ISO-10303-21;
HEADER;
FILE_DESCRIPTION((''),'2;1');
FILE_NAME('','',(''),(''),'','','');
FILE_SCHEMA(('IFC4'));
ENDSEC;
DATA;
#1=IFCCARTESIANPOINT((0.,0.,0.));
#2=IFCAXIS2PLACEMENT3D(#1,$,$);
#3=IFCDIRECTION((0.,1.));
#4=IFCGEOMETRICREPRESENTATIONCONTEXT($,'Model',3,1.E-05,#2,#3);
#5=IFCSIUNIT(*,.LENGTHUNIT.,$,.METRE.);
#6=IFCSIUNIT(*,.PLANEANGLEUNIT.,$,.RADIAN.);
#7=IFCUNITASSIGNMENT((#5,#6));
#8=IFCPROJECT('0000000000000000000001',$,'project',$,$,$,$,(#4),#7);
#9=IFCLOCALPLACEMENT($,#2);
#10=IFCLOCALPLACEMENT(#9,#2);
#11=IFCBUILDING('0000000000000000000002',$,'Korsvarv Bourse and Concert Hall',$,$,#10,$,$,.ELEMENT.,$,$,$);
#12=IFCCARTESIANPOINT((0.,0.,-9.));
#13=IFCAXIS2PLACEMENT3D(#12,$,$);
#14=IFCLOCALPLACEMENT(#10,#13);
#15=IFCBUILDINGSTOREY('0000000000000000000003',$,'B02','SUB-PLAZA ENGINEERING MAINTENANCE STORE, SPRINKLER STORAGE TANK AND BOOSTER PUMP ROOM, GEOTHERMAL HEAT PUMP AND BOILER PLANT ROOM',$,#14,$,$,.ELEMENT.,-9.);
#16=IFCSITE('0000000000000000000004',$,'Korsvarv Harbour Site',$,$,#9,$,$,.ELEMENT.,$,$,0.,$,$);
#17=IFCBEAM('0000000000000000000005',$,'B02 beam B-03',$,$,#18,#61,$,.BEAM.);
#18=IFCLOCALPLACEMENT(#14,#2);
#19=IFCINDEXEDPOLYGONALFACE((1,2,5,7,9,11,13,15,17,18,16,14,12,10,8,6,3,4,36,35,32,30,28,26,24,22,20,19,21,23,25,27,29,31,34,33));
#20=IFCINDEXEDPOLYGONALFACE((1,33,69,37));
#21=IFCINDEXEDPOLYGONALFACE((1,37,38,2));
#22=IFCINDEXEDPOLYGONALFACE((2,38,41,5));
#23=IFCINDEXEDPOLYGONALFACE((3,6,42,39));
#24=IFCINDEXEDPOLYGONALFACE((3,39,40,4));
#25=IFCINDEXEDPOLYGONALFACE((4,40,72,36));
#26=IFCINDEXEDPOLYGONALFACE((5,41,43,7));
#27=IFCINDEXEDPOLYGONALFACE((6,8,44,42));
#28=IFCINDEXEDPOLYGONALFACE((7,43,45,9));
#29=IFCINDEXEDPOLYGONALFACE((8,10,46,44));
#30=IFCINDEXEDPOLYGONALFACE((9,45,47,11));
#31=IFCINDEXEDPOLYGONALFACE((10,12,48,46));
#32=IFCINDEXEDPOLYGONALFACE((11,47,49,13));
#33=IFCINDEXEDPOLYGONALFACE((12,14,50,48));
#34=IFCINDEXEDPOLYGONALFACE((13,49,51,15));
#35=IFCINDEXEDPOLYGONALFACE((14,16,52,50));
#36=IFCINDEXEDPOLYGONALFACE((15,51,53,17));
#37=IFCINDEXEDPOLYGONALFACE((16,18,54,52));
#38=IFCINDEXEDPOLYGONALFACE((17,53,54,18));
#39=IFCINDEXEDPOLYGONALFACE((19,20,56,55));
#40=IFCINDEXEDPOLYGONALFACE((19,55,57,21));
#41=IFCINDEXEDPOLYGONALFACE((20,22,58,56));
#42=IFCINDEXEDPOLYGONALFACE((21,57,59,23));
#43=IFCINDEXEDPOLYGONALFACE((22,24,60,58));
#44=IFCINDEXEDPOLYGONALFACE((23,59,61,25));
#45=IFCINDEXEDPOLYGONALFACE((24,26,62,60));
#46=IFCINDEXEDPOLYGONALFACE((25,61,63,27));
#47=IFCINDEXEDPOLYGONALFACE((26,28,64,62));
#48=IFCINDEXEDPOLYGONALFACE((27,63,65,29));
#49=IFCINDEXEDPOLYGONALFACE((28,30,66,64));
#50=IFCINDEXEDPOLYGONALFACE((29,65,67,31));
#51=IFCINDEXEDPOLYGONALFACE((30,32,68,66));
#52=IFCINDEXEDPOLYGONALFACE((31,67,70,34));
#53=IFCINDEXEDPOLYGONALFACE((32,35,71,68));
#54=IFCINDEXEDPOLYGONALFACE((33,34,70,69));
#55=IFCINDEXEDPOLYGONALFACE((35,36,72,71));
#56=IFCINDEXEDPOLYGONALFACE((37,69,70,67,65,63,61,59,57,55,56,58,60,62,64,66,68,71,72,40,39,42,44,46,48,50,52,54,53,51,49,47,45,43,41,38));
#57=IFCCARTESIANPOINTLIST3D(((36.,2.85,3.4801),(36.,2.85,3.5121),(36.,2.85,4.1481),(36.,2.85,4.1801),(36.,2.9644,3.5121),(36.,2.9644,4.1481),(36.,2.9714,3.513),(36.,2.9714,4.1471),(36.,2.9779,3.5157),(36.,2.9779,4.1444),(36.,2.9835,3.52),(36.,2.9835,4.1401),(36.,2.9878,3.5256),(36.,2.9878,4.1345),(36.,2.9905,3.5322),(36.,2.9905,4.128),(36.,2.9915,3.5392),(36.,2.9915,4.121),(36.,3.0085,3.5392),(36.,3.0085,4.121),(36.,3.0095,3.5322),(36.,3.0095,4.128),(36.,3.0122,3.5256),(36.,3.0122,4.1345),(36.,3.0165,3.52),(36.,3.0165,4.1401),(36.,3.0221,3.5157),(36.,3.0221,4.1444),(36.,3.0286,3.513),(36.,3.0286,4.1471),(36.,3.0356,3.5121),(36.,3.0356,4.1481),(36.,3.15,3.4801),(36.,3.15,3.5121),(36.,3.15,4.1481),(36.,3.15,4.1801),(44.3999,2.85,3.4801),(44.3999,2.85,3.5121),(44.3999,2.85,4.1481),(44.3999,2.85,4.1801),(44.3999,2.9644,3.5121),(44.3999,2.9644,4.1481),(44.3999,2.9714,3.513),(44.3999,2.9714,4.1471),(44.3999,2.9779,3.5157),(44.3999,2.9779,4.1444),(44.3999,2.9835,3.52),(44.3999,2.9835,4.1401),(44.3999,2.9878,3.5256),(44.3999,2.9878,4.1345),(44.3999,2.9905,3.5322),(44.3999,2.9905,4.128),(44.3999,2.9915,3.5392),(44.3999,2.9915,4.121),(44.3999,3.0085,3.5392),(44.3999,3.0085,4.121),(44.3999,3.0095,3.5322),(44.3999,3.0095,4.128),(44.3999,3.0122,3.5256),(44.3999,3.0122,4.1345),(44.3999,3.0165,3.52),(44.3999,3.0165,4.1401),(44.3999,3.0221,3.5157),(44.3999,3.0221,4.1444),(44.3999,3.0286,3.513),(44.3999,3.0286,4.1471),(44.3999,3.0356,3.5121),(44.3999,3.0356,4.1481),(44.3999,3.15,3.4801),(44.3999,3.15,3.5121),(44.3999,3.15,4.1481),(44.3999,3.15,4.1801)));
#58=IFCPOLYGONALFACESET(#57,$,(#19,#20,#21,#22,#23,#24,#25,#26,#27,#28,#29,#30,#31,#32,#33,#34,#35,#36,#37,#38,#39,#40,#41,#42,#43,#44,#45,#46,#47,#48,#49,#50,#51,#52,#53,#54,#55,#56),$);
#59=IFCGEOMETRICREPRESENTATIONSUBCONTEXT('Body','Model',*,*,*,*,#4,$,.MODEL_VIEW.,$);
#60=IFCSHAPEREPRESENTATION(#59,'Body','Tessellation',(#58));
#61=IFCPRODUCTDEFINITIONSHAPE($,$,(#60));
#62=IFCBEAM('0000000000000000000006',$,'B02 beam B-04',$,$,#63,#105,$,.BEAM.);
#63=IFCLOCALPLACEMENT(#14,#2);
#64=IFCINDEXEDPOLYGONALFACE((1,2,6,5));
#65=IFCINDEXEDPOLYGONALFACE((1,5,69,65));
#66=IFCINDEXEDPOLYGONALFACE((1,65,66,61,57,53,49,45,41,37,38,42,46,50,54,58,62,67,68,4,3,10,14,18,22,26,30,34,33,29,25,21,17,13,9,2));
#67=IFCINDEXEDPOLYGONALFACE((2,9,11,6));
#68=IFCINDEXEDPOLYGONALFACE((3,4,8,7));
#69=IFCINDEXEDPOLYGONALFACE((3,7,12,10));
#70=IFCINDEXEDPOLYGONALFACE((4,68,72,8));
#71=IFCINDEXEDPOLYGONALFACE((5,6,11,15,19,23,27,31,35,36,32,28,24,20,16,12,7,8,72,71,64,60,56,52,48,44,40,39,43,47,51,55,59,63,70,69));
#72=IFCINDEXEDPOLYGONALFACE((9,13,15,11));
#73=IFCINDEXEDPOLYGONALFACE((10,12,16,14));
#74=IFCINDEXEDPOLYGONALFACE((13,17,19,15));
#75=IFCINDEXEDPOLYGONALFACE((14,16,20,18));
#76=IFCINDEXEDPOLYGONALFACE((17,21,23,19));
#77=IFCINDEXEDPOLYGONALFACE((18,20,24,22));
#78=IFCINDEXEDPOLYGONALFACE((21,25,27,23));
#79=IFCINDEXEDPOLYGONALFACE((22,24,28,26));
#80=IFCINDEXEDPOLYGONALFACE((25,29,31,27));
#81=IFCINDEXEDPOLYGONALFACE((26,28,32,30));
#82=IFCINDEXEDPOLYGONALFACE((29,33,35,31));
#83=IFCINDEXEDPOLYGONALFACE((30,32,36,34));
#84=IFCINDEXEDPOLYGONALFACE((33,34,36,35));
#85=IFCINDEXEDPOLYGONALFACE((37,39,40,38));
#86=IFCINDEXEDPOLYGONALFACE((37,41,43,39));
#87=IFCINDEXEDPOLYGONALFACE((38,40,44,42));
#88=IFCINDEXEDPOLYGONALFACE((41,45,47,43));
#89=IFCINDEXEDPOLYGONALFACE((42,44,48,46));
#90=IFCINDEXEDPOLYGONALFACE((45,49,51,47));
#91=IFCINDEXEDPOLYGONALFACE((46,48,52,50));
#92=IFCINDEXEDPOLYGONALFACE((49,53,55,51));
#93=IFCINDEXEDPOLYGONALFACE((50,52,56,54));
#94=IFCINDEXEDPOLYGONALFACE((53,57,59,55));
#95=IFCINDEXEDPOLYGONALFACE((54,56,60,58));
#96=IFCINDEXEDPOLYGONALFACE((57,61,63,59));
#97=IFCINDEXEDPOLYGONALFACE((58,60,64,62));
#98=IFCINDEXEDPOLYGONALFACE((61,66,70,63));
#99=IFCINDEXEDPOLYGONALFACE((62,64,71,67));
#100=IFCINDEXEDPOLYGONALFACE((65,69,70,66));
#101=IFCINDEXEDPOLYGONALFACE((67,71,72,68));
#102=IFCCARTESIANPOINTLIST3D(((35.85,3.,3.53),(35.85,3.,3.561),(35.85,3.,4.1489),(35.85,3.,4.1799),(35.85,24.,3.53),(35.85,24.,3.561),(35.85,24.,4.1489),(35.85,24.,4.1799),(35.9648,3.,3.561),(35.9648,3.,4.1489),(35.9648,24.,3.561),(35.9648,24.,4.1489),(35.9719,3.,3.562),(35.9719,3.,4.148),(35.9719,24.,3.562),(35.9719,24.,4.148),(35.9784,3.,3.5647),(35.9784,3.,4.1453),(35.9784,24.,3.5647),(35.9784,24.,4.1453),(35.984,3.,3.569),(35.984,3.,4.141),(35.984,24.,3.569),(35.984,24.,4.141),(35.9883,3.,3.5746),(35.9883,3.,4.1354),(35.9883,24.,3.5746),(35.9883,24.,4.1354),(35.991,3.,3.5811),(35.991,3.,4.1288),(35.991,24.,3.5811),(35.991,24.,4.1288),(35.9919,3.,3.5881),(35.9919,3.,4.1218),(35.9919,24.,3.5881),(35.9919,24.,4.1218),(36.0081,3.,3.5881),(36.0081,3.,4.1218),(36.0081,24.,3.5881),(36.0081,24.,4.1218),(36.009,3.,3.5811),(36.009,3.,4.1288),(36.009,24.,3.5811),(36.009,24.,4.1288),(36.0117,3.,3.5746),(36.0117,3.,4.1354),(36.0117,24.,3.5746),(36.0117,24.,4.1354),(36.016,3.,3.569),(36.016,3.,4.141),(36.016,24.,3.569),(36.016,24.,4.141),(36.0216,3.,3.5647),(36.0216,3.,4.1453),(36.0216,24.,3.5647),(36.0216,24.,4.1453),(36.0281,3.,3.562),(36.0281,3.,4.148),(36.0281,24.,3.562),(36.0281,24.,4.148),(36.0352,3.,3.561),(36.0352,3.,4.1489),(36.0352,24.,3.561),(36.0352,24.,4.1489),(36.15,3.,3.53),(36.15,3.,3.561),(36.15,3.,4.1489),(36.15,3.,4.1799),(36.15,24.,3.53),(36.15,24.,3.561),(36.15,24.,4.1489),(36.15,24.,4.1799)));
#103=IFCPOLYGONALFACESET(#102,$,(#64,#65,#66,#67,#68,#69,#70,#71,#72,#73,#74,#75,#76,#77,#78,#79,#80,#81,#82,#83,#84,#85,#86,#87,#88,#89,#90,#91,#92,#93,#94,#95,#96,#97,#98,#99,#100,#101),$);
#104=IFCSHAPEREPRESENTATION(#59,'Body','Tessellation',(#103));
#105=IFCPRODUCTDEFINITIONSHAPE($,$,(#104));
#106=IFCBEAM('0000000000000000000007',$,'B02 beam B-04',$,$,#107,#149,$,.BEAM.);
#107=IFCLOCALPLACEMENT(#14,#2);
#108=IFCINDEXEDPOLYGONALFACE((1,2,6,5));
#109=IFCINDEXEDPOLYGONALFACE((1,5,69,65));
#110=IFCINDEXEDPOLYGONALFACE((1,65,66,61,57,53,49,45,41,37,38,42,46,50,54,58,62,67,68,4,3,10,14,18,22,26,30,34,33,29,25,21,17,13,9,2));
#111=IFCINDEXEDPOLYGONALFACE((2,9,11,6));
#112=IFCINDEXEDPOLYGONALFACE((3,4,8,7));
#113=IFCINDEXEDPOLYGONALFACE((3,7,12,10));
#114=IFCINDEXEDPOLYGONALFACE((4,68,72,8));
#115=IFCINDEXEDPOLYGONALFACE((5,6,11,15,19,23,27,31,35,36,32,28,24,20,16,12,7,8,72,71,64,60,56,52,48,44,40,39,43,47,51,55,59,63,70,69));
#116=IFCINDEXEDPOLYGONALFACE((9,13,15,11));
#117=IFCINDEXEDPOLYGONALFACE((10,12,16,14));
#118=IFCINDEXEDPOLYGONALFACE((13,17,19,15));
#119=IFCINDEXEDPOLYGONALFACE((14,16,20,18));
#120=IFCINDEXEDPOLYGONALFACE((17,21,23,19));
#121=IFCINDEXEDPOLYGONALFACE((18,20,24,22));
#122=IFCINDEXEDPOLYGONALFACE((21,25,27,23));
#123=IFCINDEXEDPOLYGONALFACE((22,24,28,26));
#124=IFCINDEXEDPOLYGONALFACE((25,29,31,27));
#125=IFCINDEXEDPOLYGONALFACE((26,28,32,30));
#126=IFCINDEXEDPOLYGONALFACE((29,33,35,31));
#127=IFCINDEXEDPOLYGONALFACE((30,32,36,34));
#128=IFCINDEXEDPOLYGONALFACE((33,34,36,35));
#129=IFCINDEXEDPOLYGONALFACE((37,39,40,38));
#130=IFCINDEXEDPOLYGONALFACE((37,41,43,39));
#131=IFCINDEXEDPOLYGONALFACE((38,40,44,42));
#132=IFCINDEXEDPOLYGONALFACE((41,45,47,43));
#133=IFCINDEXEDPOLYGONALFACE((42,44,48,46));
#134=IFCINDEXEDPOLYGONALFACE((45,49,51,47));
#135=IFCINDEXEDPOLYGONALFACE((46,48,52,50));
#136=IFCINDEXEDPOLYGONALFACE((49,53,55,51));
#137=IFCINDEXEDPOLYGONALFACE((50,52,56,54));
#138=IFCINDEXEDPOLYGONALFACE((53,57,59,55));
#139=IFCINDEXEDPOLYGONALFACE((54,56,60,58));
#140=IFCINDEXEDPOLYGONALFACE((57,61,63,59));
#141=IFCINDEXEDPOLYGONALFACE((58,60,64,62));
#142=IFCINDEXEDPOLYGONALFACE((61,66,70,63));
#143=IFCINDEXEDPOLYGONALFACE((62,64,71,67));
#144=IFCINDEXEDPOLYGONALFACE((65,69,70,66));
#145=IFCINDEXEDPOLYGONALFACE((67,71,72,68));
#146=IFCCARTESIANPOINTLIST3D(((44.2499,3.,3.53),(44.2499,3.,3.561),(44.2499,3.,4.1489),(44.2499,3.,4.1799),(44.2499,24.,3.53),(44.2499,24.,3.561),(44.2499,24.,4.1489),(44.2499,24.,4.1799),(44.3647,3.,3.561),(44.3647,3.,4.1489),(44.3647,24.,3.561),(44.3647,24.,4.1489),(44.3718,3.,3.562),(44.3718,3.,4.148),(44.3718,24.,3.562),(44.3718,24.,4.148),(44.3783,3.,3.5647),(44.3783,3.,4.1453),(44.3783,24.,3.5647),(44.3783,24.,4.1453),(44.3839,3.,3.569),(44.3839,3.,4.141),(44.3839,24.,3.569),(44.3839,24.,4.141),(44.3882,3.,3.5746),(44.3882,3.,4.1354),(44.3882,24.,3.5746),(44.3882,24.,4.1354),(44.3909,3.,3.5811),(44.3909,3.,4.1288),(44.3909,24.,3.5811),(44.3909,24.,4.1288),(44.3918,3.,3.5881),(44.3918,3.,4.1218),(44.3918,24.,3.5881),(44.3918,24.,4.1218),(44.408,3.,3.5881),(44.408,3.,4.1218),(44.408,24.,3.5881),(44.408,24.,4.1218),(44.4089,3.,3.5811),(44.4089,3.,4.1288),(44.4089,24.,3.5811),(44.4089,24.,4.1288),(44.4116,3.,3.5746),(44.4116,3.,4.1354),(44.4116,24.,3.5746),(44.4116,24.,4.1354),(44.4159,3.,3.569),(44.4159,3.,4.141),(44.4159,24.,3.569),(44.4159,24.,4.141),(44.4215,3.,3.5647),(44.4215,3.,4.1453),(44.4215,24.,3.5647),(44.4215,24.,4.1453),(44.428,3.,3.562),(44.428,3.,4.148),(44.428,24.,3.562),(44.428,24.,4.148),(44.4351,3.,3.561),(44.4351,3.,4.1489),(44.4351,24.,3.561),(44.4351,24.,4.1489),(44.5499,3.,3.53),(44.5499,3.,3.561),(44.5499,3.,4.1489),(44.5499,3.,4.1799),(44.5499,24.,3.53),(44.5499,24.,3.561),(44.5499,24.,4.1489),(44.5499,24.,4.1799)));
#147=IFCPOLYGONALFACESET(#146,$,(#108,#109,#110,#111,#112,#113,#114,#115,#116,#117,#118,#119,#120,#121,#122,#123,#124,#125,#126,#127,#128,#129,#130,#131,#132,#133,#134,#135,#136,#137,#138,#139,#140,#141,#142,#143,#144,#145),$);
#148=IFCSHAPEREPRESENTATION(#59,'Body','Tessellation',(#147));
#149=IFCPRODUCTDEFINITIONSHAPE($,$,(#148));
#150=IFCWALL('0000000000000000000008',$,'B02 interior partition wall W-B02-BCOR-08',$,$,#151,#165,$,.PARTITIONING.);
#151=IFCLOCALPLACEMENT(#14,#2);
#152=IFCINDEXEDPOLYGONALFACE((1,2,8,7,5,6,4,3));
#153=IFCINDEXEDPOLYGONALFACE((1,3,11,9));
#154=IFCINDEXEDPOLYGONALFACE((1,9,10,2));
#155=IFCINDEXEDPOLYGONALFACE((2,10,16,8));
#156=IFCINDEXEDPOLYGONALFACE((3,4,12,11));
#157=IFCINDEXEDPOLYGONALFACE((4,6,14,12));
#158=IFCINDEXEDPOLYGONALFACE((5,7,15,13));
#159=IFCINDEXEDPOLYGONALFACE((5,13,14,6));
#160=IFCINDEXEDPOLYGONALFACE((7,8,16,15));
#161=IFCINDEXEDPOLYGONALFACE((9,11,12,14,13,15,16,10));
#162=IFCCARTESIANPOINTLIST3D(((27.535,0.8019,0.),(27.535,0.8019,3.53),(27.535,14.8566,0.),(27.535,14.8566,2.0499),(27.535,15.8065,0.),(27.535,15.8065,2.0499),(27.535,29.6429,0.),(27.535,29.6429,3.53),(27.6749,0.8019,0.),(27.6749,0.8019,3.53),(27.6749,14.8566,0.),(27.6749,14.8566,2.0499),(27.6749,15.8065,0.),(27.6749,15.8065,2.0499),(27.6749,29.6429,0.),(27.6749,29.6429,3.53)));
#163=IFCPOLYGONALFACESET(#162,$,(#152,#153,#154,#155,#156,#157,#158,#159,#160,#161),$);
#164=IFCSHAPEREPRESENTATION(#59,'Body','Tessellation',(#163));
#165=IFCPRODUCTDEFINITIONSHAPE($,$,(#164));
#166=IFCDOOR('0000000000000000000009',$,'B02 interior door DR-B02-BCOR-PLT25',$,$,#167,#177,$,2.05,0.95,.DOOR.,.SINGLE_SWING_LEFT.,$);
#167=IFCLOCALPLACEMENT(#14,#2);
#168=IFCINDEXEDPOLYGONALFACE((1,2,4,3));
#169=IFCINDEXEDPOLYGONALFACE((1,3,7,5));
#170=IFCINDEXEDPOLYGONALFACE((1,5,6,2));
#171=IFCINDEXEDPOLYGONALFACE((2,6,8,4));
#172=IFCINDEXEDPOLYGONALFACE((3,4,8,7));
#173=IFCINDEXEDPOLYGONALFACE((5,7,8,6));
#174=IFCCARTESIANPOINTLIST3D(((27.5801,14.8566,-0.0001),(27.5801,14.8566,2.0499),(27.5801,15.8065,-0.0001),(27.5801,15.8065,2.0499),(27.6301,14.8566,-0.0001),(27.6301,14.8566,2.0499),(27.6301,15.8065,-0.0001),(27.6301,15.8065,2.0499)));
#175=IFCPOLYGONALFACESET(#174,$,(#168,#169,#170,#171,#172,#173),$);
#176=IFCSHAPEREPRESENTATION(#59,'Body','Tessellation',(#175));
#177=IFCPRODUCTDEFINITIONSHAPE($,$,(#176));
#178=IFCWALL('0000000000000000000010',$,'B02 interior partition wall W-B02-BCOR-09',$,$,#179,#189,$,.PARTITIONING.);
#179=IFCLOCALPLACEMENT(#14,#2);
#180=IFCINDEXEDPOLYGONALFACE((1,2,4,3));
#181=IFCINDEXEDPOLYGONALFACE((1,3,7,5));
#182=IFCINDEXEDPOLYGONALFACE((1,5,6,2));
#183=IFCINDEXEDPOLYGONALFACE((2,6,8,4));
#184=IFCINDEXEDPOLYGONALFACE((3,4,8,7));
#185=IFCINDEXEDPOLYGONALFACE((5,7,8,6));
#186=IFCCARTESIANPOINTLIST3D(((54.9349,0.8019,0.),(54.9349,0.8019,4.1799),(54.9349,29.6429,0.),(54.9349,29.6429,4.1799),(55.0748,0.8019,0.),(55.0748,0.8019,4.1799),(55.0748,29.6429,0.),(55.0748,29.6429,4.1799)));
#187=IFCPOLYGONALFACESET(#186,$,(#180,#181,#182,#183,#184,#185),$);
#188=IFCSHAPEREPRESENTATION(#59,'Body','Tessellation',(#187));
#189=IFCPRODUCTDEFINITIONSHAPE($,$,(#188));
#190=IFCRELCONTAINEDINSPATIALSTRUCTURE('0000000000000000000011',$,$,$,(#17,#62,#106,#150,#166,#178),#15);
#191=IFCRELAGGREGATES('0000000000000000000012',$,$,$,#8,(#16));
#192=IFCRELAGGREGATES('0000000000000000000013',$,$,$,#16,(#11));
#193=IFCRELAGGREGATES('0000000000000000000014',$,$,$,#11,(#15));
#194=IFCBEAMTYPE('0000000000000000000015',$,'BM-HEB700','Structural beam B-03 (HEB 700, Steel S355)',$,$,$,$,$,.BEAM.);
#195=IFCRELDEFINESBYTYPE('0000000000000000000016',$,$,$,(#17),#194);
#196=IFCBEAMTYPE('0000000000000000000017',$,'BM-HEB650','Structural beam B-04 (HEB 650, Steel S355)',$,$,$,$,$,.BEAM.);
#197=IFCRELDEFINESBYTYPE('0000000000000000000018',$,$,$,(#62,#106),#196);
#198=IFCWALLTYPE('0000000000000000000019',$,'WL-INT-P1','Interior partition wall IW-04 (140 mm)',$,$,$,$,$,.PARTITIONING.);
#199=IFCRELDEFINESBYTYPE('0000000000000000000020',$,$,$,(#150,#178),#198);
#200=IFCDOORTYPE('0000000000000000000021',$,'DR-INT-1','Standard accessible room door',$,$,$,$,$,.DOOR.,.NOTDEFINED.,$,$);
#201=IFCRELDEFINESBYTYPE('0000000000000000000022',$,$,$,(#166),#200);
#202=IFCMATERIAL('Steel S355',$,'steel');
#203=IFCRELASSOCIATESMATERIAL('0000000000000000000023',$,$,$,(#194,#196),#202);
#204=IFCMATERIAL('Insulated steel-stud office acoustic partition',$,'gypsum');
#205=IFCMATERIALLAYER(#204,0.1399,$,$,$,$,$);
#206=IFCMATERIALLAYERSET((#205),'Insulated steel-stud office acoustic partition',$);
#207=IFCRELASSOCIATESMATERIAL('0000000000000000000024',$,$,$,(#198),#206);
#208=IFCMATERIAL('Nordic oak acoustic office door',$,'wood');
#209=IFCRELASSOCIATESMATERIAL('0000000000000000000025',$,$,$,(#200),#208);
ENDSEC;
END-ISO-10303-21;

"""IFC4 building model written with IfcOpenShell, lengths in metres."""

from ifc_helpers import new_model, si_unit, direction, frame, frame_2d, origin, origin_2d, place, context, subcontext, project, spatial, rectangle, i_section, extrude, source, transform, mapped, material, layer, layer_set, material_profile, profile_set, type_object, element, fill, save


model = new_model("IFC4")

# Units and contexts
model_context = context("Model", 3, precision=1e-05, world=origin(), true_north=direction((0.0, 1.0)))
body_context = subcontext(model_context, "Body", "Model", "MODEL_VIEW")
ifc_project = project(units=[si_unit("LENGTHUNIT", "METRE"), si_unit("PLANEANGLEUNIT", "RADIAN")], contexts=[model_context])

# Site, building, storey
site_placement = place(None, origin())
site = spatial("IfcSite", under=ifc_project, at=site_placement, Name="Korsvarv Harbour Site", CompositionType="ELEMENT", RefElevation=0.0)
building_placement = place(site_placement, origin())
building = spatial("IfcBuilding", under=site, at=building_placement, Name="Korsvarv Bourse and Concert Hall", CompositionType="ELEMENT")
storey_placement = place(building_placement, frame((0.0, 0.0, -9.0)))
storey = spatial("IfcBuildingStorey", under=building, at=storey_placement, Name="B02", Description="SUB-PLAZA ENGINEERING MAINTENANCE STORE, SPRINKLER STORAGE TANK AND BOOSTER PUMP ROOM, GEOTHERMAL HEAT PUMP AND BOILER PLANT ROOM", CompositionType="ELEMENT", Elevation=-9.0)

# Beams
ifc_material_1 = material(Name="Steel S355", Category="steel")
ifc_material_profile_1 = material_profile(ifc_material_1, i_section(OverallWidth=0.3, OverallDepth=0.7, WebThickness=0.0171, FlangeThickness=0.032, FilletRadius=0.0271, at=origin_2d()), Name="HEB 700")
ifc_profile_set_1 = profile_set([ifc_material_profile_1], Name="Steel S355")
beam_type_1 = type_object("IfcBeamType", Name="BM-HEB700", Description="Structural beam B-03 (HEB 700, Steel S355)", PredefinedType="BEAM", material=ifc_profile_set_1)
shared_shape_1 = source(origin(), body_context, "Body", "SweptSolid", [
    extrude(i_section(OverallWidth=0.3, OverallDepth=0.7, WebThickness=0.0171, FlangeThickness=0.032, FilletRadius=0.0271, at=origin_2d()), origin(), (0.0, 0.0, 1.0), 8.3999),
])
beam_1_placement = place(storey_placement, frame((36.0, 3.0, 3.8301), z_axis=(1.0, 0.0, 0.0), x_axis=(0.0, 1.0, 0.0)))
element("IfcBeam", 1, at=beam_1_placement, inside=storey, type_object=beam_type_1, Name="B02 beam B-03", PredefinedType="BEAM", context=body_context, shape_type="MappedRepresentation", body=[
    mapped(shared_shape_1, transform((0.0, 0.0, 0.0), scale=1.0)),
])
ifc_material_profile_2 = material_profile(ifc_material_1, i_section(OverallWidth=0.3, OverallDepth=0.6499, WebThickness=0.0161, FlangeThickness=0.031, FilletRadius=0.0271, at=origin_2d()), Name="HEB 650")
ifc_profile_set_2 = profile_set([ifc_material_profile_2], Name="Steel S355")
beam_type_2 = type_object("IfcBeamType", Name="BM-HEB650", Description="Structural beam B-04 (HEB 650, Steel S355)", PredefinedType="BEAM", material=ifc_profile_set_2)
shared_shape_2 = source(origin(), body_context, "Body", "SweptSolid", [
    extrude(i_section(OverallWidth=0.3, OverallDepth=0.6499, WebThickness=0.0161, FlangeThickness=0.031, FilletRadius=0.0271, at=origin_2d()), origin(), (0.0, 0.0, 1.0), 21.0),
])
for number, where, z_axis, x_axis, name in (
    (2, (36.0, 3.0, 3.855), (0.0, 1.0, 0.0), (-1.0, 0.0, 0.0), "B02 beam B-04"),
    (3, (44.3999, 3.0, 3.855), (0.0, 1.0, 0.0), (-1.0, 0.0, 0.0), "B02 beam B-04"),
):
    element("IfcBeam", number, at=place(storey_placement, frame(where, z_axis=z_axis, x_axis=x_axis)), inside=storey, type_object=beam_type_2, Name=name, PredefinedType="BEAM", context=body_context, shape_type="MappedRepresentation", body=[
        mapped(shared_shape_2, transform((0.0, 0.0, 0.0), scale=1.0)),
    ])

# Wall, opening, door
ifc_material_2 = material(Name="Insulated steel-stud office acoustic partition", Category="gypsum")
ifc_layer = layer(ifc_material_2, 0.1399)
ifc_layer_set = layer_set([ifc_layer], Name="Insulated steel-stud office acoustic partition")
wall_type = type_object("IfcWallType", Name="WL-INT-P1", Description="Interior partition wall IW-04 (140 mm)", PredefinedType="PARTITIONING", material=ifc_layer_set)
wall_1_placement = place(storey_placement, frame((27.605, 0.802, 0.0), z_axis=(0.0, 0.0, 1.0), x_axis=(0.0, 1.0, 0.0)))
wall_1 = element("IfcWall", 4, at=wall_1_placement, inside=storey, type_object=wall_type, Name="B02 interior partition wall W-B02-BCOR-08", PredefinedType="PARTITIONING", context=body_context, shape_type="SweptSolid", body=[
    extrude(rectangle(XDim=28.8411, YDim=0.1399, at=frame_2d((14.4204, 0.0))), origin(), (0.0, 0.0, 1.0), 3.53),
])
opening_placement = place(wall_1_placement, frame((14.0544, 0.0, 0.0)))
opening = element("IfcOpeningElement", 5, at=opening_placement, cuts=wall_1, PredefinedType="OPENING", context=body_context, shape_type="SweptSolid", body=[
    extrude(rectangle(XDim=0.95, YDim=2.05, at=frame_2d((0.4751, 1.0249))), frame((0.0, 0.0801, 0.0), z_axis=(0.0, -1.0, 0.0), x_axis=(1.0, 0.0, 0.0)), (0.0, 0.0, 1.0), 0.1599),
])
ifc_material_3 = material(Name="Nordic oak acoustic office door", Category="wood")
door_type = type_object("IfcDoorType", Name="DR-INT-1", Description="Standard accessible room door", OperationType="NOTDEFINED", PredefinedType="DOOR", material=ifc_material_3)
door_placement = place(opening_placement, origin())
door = element("IfcDoor", 6, at=door_placement, inside=storey, type_object=door_type, Name="B02 interior door DR-B02-BCOR-PLT25", OperationType="SINGLE_SWING_LEFT", OverallHeight=2.05, OverallWidth=0.95, PredefinedType="DOOR", context=body_context, shape_type="SweptSolid", body=[
    extrude(rectangle(XDim=0.95, YDim=2.05, at=frame_2d((0.4751, 1.0249))), frame((0.0, 0.0249, 0.0), z_axis=(0.0, -1.0, 0.0), x_axis=(1.0, 0.0, 0.0)), (0.0, 0.0, 1.0), 0.05),
])
fill(opening, door)

# Wall
wall_2_placement = place(storey_placement, frame((55.0049, 0.802, 0.0), z_axis=(0.0, 0.0, 1.0), x_axis=(0.0, 1.0, 0.0)))
element("IfcWall", 7, at=wall_2_placement, inside=storey, type_object=wall_type, Name="B02 interior partition wall W-B02-BCOR-09", PredefinedType="PARTITIONING", context=body_context, shape_type="SweptSolid", body=[
    extrude(rectangle(XDim=28.8411, YDim=0.1399, at=frame_2d((14.4204, 0.0))), origin(), (0.0, 0.0, 1.0), 4.1799),
])

save(model, "model.ifc")
